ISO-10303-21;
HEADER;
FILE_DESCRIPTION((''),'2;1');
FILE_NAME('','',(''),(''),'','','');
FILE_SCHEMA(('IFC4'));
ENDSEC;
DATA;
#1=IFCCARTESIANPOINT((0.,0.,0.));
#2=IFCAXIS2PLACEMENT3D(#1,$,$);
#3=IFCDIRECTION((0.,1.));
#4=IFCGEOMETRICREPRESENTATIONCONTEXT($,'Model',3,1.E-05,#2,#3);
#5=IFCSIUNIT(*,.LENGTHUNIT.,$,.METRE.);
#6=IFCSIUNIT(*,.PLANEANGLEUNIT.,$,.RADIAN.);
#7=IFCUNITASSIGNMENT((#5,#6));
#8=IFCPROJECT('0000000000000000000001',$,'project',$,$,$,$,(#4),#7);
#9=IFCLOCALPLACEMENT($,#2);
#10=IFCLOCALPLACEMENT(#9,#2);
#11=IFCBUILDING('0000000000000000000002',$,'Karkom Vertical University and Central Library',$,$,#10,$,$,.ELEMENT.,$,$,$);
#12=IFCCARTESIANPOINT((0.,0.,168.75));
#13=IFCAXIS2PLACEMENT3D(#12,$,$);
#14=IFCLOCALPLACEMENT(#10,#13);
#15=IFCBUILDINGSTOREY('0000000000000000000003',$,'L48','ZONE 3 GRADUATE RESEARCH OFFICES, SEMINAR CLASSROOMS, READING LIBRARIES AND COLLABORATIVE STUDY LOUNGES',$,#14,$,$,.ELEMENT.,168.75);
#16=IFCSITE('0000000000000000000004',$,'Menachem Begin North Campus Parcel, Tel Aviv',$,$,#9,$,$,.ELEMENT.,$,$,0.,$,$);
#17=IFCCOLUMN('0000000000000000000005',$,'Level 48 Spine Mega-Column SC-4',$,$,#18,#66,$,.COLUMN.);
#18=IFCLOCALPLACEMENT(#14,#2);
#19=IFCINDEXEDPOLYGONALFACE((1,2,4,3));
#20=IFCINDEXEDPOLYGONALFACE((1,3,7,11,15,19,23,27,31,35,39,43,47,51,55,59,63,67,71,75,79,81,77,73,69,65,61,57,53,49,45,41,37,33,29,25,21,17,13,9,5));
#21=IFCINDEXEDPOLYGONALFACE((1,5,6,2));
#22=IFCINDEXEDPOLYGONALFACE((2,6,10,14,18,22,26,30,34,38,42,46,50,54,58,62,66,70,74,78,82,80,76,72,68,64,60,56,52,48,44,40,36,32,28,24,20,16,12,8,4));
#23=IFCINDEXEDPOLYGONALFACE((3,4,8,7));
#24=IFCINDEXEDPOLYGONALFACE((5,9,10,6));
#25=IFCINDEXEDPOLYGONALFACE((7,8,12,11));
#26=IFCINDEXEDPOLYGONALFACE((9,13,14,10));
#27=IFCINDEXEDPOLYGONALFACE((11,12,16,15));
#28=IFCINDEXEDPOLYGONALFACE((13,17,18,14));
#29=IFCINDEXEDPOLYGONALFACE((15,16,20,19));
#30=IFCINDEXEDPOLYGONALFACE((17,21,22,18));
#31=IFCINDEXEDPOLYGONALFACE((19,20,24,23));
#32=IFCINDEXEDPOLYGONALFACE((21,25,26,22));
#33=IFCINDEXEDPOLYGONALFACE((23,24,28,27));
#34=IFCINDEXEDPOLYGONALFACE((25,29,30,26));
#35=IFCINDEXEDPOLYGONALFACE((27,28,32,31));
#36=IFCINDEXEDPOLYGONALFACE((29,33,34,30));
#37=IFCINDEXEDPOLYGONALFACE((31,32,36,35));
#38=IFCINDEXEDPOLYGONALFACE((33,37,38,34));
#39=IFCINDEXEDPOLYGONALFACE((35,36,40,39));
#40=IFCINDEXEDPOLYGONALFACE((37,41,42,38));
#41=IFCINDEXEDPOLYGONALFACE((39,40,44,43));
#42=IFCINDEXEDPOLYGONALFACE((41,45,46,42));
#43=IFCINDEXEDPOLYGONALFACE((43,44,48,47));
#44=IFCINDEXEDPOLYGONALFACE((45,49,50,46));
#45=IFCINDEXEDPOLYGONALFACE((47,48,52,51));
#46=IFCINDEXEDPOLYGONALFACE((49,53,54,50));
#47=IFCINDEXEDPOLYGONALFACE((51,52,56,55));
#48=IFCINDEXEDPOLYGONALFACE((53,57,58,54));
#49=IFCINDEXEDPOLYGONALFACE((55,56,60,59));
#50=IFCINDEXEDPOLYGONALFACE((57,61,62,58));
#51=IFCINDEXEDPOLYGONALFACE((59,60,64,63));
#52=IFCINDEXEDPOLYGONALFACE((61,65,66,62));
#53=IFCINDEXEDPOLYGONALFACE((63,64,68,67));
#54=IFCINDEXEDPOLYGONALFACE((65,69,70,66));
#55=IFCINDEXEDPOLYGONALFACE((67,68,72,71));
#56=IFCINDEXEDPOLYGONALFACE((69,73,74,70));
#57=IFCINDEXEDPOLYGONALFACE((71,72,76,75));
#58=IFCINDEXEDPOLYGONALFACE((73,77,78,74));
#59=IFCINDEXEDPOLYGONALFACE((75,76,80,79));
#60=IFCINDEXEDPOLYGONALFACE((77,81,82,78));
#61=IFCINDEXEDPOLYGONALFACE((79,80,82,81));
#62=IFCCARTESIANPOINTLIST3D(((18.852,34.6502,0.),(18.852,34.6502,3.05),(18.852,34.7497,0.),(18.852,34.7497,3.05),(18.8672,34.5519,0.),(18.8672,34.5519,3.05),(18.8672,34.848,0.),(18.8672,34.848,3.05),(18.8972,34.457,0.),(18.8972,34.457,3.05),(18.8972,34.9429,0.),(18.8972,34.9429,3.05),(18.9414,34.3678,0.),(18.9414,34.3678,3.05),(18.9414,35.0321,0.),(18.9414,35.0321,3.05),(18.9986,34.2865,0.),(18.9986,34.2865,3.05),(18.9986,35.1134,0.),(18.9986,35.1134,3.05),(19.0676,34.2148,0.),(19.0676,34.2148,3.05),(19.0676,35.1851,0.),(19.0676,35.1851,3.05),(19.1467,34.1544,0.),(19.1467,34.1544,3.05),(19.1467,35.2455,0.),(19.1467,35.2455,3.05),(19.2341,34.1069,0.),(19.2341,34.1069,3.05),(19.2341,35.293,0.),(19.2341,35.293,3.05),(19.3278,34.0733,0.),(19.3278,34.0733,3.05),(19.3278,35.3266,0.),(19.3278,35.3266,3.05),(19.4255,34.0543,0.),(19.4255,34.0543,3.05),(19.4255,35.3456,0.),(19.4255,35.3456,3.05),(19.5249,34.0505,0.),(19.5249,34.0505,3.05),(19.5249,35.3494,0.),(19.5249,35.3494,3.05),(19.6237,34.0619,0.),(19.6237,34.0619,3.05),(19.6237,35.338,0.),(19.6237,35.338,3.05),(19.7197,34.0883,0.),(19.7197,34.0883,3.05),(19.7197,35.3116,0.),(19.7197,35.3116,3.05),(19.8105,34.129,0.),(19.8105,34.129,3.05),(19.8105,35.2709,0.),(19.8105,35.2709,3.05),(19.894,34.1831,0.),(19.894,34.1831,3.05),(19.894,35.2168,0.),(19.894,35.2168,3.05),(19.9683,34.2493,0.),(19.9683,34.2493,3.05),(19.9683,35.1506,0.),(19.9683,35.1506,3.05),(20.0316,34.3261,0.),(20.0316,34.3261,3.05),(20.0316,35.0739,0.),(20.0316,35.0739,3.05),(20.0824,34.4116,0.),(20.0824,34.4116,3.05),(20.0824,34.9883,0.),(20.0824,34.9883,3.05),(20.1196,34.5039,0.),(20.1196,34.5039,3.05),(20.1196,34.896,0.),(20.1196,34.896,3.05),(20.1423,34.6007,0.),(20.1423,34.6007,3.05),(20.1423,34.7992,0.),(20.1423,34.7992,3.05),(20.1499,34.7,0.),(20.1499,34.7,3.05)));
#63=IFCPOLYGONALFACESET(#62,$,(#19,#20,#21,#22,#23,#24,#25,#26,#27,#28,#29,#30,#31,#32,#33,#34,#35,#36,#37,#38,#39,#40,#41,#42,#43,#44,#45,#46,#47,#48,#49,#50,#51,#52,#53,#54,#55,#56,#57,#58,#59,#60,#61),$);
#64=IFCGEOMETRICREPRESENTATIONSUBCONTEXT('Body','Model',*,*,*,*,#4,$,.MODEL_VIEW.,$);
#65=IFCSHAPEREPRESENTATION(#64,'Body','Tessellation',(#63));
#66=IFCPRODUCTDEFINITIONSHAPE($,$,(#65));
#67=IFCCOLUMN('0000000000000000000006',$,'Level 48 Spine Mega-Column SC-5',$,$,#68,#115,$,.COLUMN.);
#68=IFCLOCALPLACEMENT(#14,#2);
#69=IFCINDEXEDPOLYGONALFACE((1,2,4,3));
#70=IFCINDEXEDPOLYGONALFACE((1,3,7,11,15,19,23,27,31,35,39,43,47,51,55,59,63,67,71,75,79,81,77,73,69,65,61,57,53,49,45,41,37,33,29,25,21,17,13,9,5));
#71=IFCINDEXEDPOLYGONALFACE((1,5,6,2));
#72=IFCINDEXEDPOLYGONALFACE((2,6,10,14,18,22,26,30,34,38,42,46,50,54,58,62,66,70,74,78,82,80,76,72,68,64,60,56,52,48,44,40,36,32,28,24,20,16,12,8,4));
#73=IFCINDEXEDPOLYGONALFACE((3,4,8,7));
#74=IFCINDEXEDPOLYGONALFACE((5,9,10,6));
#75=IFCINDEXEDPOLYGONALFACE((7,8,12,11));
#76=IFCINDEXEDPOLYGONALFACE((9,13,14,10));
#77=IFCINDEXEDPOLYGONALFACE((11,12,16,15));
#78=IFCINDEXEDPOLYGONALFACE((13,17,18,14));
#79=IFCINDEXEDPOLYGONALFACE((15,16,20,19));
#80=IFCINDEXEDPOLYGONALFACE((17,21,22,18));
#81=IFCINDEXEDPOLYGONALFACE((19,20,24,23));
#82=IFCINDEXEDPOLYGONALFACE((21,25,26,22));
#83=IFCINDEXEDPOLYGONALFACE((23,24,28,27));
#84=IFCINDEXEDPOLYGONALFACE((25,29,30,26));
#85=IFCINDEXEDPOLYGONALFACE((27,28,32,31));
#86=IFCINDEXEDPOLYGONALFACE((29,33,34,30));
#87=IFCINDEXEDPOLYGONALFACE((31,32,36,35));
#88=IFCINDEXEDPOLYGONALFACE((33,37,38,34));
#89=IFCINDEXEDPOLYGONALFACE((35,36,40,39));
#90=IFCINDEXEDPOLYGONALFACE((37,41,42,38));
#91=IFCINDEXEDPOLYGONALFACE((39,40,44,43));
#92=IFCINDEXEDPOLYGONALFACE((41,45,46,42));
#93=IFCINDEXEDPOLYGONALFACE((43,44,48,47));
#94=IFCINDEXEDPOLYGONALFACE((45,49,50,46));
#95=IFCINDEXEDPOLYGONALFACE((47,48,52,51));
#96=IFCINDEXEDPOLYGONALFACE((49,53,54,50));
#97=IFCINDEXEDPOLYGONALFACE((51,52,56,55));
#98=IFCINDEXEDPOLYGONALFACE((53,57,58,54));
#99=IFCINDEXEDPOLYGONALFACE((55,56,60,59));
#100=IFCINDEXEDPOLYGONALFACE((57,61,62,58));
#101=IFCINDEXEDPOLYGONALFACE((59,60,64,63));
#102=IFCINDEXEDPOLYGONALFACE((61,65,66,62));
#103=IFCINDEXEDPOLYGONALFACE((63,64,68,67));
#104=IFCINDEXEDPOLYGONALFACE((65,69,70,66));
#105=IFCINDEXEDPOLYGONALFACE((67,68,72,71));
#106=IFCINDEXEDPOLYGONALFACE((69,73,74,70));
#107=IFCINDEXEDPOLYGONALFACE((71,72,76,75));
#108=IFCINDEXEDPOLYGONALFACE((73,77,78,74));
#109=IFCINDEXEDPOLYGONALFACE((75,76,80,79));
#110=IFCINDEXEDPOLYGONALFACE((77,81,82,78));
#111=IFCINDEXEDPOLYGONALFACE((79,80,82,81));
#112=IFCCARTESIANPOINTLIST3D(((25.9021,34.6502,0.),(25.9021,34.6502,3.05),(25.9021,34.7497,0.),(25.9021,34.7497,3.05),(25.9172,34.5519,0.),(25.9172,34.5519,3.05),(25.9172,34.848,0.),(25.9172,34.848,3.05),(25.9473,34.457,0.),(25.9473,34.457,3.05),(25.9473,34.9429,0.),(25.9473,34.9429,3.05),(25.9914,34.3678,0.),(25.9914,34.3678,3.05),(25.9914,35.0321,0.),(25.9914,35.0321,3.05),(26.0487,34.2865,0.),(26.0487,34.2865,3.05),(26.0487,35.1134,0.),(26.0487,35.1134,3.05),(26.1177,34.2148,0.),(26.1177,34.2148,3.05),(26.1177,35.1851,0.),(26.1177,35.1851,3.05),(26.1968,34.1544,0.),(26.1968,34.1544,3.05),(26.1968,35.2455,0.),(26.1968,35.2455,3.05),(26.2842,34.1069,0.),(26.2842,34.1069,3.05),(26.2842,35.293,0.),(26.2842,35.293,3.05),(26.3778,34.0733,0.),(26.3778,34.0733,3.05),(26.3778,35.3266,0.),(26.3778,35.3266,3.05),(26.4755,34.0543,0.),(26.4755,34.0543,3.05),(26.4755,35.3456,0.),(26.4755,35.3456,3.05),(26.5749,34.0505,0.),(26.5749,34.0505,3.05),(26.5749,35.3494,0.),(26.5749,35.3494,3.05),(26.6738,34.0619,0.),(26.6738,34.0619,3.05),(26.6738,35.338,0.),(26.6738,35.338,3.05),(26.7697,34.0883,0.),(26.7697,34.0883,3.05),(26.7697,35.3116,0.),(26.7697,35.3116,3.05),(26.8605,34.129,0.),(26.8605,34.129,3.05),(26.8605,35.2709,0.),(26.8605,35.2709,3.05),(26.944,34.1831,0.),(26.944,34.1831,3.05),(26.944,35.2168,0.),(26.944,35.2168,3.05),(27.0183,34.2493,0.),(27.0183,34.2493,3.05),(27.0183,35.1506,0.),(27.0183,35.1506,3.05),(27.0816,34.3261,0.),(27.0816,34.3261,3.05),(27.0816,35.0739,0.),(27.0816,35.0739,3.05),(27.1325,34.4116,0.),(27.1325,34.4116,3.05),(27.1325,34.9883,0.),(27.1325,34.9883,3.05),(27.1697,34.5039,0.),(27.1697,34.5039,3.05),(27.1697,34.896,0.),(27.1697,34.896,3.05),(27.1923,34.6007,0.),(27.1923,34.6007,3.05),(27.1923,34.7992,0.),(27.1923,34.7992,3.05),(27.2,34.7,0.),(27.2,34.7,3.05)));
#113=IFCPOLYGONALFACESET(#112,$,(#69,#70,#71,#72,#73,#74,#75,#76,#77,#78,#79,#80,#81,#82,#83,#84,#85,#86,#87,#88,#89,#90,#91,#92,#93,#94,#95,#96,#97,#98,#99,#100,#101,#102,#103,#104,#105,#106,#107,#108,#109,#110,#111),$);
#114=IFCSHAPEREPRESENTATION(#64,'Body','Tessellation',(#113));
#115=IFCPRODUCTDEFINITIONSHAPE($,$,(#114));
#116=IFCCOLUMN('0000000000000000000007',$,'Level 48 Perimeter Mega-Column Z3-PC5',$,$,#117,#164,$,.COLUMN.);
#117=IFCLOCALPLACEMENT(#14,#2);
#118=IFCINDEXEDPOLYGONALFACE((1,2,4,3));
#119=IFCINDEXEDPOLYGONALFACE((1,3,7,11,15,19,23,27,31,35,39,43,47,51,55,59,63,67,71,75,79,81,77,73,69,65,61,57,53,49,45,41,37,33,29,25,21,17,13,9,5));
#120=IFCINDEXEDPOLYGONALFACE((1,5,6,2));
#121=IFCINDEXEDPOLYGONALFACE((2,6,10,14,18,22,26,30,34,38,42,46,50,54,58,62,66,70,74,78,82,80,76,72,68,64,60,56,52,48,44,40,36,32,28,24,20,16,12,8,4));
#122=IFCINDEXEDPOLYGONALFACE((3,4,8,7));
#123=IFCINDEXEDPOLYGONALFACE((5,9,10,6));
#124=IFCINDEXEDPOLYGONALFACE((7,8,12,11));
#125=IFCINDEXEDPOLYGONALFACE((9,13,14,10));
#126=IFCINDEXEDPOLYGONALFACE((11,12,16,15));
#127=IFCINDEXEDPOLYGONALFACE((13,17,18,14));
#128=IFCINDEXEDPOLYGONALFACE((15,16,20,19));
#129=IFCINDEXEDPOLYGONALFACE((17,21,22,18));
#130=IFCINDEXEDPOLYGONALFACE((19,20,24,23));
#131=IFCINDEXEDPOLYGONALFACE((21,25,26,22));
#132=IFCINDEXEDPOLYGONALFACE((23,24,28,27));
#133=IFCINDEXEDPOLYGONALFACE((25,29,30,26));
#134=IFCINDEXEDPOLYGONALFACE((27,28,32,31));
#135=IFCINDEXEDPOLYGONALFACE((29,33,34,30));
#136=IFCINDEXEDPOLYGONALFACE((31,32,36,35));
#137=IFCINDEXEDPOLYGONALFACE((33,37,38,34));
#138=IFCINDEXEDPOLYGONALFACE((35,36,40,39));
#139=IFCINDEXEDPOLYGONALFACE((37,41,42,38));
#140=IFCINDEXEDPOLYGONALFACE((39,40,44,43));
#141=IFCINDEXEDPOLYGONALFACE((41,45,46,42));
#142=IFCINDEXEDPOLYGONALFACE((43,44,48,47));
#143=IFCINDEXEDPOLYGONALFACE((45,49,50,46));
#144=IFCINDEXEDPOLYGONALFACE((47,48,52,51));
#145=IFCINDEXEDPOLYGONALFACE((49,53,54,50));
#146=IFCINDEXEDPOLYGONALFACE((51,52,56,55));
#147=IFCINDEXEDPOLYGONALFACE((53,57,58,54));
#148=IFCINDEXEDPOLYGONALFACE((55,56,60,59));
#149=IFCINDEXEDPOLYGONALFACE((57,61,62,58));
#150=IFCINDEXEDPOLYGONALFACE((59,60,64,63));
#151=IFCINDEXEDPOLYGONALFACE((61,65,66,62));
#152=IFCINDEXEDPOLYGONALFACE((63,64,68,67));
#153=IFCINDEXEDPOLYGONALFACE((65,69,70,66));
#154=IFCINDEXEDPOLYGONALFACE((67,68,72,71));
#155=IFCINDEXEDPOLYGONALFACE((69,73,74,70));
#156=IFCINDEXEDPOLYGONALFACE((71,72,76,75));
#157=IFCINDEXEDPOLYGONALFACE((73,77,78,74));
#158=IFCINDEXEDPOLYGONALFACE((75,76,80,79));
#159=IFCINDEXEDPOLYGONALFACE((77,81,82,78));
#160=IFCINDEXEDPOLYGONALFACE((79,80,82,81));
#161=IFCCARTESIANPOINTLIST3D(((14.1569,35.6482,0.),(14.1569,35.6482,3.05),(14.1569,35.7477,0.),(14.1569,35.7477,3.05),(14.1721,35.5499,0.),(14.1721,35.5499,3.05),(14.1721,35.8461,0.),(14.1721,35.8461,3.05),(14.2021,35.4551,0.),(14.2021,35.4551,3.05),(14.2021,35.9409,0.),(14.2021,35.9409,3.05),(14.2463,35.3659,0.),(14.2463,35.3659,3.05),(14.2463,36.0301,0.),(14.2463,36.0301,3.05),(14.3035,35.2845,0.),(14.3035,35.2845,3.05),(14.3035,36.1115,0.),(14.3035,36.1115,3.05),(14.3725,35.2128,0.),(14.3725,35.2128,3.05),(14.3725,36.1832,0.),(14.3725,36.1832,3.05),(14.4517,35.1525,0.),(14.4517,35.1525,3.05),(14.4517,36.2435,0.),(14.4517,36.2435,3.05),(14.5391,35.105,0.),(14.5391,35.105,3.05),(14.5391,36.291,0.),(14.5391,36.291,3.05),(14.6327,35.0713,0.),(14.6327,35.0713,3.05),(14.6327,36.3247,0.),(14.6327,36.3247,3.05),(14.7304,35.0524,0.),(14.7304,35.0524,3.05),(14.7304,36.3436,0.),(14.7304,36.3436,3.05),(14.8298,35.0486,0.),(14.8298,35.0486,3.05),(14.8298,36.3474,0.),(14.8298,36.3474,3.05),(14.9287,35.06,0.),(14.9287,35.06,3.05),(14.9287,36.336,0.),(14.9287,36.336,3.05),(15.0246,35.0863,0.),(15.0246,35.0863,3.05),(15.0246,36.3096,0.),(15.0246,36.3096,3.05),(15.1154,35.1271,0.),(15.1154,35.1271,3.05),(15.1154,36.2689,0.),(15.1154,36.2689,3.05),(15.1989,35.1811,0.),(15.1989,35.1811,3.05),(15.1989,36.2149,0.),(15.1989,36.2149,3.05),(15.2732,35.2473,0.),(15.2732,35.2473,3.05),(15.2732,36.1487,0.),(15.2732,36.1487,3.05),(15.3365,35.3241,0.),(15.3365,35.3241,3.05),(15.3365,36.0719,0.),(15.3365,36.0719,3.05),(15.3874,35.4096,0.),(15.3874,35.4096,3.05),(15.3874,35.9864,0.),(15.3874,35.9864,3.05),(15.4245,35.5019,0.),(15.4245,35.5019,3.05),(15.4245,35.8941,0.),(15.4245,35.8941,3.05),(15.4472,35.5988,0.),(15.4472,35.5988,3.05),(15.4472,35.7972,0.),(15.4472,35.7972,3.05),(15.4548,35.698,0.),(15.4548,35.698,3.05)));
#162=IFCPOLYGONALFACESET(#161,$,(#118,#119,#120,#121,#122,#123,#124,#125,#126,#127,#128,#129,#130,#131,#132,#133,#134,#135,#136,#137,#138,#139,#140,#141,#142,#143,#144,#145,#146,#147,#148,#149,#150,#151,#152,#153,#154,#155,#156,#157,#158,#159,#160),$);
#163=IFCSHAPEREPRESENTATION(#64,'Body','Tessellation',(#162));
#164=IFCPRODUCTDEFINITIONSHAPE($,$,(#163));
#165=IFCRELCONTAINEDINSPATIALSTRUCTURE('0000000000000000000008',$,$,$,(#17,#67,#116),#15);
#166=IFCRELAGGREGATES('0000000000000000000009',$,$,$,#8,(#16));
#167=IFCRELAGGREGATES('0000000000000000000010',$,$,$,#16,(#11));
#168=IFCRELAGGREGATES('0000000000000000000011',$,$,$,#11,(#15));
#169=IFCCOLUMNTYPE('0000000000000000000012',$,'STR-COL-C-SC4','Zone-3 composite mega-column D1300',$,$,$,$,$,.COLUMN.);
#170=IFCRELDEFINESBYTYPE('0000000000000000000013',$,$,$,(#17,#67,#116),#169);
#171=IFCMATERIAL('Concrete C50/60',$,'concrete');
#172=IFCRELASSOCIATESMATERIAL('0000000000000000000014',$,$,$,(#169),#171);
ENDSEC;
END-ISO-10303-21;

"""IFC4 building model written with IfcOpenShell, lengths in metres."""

from ifc_helpers import new_model, si_unit, direction, frame, origin, origin_with_axes, origin_2d, place, context, subcontext, project, spatial, circle, extrude, source, transform, mapped, material, material_profile, profile_set, type_object, element, save


model = new_model("IFC4")

# Units and contexts
model_context = context("Model", 3, precision=1e-05, world=origin(), true_north=direction((0.0, 1.0)))
body_context = subcontext(model_context, "Body", "Model", "MODEL_VIEW")
ifc_project = project(units=[si_unit("LENGTHUNIT", "METRE"), si_unit("PLANEANGLEUNIT", "RADIAN")], contexts=[model_context])

# Site, building, storey
site_placement = place(None, origin())
site = spatial("IfcSite", under=ifc_project, at=site_placement, Name="Menachem Begin North Campus Parcel, Tel Aviv", CompositionType="ELEMENT", RefElevation=0.0)
building_placement = place(site_placement, origin())
building = spatial("IfcBuilding", under=site, at=building_placement, Name="Karkom Vertical University and Central Library", CompositionType="ELEMENT")
storey_placement = place(building_placement, frame((0.0, 0.0, 168.75)))
storey = spatial("IfcBuildingStorey", under=building, at=storey_placement, Name="L48", Description="ZONE 3 GRADUATE RESEARCH OFFICES, SEMINAR CLASSROOMS, READING LIBRARIES AND COLLABORATIVE STUDY LOUNGES", CompositionType="ELEMENT", Elevation=168.75)

# Columns
ifc_material_1 = material(Name="Concrete C50/60", Category="concrete")
ifc_material_profile_1 = material_profile(ifc_material_1, circle(Radius=0.6499, at=origin_2d()), Name="CFT-D1300")
ifc_profile_set_1 = profile_set([ifc_material_profile_1], Name="Concrete C50/60")
column_type = type_object("IfcColumnType", Name="STR-COL-C-SC4", Description="Zone-3 composite mega-column D1300", PredefinedType="COLUMN", material=ifc_profile_set_1)
shared_shape_1 = source(origin_with_axes(), body_context, "Body", "SweptSolid", [
    extrude(circle(Radius=0.6499, at=origin_2d()), origin(), (0.0, 0.0, 1.0), 3.05),
])
for number, where, z_axis, x_axis, name in (
    (1, (19.5, 34.7, 0.0), (0.0, 0.0, 1.0), (1.0, 0.0, 0.0), "Level 48 Spine Mega-Column SC-4"),
    (2, (26.55, 34.7, 0.0), (0.0, 0.0, 1.0), (1.0, 0.0, 0.0), "Level 48 Spine Mega-Column SC-5"),
    (3, (14.8049, 35.698, 0.0), (0.0, 0.0, 1.0), (1.0, 0.0, 0.0), "Level 48 Perimeter Mega-Column Z3-PC5"),
):
    element("IfcColumn", number, at=place(storey_placement, frame(where, z_axis=z_axis, x_axis=x_axis)), inside=storey, type_object=column_type, Name=name, PredefinedType="COLUMN", context=body_context, shape_type="MappedRepresentation", body=[
        mapped(shared_shape_1, transform((0.0, 0.0, 0.0), scale=1.0)),
    ])

save(model, "model.ifc")
